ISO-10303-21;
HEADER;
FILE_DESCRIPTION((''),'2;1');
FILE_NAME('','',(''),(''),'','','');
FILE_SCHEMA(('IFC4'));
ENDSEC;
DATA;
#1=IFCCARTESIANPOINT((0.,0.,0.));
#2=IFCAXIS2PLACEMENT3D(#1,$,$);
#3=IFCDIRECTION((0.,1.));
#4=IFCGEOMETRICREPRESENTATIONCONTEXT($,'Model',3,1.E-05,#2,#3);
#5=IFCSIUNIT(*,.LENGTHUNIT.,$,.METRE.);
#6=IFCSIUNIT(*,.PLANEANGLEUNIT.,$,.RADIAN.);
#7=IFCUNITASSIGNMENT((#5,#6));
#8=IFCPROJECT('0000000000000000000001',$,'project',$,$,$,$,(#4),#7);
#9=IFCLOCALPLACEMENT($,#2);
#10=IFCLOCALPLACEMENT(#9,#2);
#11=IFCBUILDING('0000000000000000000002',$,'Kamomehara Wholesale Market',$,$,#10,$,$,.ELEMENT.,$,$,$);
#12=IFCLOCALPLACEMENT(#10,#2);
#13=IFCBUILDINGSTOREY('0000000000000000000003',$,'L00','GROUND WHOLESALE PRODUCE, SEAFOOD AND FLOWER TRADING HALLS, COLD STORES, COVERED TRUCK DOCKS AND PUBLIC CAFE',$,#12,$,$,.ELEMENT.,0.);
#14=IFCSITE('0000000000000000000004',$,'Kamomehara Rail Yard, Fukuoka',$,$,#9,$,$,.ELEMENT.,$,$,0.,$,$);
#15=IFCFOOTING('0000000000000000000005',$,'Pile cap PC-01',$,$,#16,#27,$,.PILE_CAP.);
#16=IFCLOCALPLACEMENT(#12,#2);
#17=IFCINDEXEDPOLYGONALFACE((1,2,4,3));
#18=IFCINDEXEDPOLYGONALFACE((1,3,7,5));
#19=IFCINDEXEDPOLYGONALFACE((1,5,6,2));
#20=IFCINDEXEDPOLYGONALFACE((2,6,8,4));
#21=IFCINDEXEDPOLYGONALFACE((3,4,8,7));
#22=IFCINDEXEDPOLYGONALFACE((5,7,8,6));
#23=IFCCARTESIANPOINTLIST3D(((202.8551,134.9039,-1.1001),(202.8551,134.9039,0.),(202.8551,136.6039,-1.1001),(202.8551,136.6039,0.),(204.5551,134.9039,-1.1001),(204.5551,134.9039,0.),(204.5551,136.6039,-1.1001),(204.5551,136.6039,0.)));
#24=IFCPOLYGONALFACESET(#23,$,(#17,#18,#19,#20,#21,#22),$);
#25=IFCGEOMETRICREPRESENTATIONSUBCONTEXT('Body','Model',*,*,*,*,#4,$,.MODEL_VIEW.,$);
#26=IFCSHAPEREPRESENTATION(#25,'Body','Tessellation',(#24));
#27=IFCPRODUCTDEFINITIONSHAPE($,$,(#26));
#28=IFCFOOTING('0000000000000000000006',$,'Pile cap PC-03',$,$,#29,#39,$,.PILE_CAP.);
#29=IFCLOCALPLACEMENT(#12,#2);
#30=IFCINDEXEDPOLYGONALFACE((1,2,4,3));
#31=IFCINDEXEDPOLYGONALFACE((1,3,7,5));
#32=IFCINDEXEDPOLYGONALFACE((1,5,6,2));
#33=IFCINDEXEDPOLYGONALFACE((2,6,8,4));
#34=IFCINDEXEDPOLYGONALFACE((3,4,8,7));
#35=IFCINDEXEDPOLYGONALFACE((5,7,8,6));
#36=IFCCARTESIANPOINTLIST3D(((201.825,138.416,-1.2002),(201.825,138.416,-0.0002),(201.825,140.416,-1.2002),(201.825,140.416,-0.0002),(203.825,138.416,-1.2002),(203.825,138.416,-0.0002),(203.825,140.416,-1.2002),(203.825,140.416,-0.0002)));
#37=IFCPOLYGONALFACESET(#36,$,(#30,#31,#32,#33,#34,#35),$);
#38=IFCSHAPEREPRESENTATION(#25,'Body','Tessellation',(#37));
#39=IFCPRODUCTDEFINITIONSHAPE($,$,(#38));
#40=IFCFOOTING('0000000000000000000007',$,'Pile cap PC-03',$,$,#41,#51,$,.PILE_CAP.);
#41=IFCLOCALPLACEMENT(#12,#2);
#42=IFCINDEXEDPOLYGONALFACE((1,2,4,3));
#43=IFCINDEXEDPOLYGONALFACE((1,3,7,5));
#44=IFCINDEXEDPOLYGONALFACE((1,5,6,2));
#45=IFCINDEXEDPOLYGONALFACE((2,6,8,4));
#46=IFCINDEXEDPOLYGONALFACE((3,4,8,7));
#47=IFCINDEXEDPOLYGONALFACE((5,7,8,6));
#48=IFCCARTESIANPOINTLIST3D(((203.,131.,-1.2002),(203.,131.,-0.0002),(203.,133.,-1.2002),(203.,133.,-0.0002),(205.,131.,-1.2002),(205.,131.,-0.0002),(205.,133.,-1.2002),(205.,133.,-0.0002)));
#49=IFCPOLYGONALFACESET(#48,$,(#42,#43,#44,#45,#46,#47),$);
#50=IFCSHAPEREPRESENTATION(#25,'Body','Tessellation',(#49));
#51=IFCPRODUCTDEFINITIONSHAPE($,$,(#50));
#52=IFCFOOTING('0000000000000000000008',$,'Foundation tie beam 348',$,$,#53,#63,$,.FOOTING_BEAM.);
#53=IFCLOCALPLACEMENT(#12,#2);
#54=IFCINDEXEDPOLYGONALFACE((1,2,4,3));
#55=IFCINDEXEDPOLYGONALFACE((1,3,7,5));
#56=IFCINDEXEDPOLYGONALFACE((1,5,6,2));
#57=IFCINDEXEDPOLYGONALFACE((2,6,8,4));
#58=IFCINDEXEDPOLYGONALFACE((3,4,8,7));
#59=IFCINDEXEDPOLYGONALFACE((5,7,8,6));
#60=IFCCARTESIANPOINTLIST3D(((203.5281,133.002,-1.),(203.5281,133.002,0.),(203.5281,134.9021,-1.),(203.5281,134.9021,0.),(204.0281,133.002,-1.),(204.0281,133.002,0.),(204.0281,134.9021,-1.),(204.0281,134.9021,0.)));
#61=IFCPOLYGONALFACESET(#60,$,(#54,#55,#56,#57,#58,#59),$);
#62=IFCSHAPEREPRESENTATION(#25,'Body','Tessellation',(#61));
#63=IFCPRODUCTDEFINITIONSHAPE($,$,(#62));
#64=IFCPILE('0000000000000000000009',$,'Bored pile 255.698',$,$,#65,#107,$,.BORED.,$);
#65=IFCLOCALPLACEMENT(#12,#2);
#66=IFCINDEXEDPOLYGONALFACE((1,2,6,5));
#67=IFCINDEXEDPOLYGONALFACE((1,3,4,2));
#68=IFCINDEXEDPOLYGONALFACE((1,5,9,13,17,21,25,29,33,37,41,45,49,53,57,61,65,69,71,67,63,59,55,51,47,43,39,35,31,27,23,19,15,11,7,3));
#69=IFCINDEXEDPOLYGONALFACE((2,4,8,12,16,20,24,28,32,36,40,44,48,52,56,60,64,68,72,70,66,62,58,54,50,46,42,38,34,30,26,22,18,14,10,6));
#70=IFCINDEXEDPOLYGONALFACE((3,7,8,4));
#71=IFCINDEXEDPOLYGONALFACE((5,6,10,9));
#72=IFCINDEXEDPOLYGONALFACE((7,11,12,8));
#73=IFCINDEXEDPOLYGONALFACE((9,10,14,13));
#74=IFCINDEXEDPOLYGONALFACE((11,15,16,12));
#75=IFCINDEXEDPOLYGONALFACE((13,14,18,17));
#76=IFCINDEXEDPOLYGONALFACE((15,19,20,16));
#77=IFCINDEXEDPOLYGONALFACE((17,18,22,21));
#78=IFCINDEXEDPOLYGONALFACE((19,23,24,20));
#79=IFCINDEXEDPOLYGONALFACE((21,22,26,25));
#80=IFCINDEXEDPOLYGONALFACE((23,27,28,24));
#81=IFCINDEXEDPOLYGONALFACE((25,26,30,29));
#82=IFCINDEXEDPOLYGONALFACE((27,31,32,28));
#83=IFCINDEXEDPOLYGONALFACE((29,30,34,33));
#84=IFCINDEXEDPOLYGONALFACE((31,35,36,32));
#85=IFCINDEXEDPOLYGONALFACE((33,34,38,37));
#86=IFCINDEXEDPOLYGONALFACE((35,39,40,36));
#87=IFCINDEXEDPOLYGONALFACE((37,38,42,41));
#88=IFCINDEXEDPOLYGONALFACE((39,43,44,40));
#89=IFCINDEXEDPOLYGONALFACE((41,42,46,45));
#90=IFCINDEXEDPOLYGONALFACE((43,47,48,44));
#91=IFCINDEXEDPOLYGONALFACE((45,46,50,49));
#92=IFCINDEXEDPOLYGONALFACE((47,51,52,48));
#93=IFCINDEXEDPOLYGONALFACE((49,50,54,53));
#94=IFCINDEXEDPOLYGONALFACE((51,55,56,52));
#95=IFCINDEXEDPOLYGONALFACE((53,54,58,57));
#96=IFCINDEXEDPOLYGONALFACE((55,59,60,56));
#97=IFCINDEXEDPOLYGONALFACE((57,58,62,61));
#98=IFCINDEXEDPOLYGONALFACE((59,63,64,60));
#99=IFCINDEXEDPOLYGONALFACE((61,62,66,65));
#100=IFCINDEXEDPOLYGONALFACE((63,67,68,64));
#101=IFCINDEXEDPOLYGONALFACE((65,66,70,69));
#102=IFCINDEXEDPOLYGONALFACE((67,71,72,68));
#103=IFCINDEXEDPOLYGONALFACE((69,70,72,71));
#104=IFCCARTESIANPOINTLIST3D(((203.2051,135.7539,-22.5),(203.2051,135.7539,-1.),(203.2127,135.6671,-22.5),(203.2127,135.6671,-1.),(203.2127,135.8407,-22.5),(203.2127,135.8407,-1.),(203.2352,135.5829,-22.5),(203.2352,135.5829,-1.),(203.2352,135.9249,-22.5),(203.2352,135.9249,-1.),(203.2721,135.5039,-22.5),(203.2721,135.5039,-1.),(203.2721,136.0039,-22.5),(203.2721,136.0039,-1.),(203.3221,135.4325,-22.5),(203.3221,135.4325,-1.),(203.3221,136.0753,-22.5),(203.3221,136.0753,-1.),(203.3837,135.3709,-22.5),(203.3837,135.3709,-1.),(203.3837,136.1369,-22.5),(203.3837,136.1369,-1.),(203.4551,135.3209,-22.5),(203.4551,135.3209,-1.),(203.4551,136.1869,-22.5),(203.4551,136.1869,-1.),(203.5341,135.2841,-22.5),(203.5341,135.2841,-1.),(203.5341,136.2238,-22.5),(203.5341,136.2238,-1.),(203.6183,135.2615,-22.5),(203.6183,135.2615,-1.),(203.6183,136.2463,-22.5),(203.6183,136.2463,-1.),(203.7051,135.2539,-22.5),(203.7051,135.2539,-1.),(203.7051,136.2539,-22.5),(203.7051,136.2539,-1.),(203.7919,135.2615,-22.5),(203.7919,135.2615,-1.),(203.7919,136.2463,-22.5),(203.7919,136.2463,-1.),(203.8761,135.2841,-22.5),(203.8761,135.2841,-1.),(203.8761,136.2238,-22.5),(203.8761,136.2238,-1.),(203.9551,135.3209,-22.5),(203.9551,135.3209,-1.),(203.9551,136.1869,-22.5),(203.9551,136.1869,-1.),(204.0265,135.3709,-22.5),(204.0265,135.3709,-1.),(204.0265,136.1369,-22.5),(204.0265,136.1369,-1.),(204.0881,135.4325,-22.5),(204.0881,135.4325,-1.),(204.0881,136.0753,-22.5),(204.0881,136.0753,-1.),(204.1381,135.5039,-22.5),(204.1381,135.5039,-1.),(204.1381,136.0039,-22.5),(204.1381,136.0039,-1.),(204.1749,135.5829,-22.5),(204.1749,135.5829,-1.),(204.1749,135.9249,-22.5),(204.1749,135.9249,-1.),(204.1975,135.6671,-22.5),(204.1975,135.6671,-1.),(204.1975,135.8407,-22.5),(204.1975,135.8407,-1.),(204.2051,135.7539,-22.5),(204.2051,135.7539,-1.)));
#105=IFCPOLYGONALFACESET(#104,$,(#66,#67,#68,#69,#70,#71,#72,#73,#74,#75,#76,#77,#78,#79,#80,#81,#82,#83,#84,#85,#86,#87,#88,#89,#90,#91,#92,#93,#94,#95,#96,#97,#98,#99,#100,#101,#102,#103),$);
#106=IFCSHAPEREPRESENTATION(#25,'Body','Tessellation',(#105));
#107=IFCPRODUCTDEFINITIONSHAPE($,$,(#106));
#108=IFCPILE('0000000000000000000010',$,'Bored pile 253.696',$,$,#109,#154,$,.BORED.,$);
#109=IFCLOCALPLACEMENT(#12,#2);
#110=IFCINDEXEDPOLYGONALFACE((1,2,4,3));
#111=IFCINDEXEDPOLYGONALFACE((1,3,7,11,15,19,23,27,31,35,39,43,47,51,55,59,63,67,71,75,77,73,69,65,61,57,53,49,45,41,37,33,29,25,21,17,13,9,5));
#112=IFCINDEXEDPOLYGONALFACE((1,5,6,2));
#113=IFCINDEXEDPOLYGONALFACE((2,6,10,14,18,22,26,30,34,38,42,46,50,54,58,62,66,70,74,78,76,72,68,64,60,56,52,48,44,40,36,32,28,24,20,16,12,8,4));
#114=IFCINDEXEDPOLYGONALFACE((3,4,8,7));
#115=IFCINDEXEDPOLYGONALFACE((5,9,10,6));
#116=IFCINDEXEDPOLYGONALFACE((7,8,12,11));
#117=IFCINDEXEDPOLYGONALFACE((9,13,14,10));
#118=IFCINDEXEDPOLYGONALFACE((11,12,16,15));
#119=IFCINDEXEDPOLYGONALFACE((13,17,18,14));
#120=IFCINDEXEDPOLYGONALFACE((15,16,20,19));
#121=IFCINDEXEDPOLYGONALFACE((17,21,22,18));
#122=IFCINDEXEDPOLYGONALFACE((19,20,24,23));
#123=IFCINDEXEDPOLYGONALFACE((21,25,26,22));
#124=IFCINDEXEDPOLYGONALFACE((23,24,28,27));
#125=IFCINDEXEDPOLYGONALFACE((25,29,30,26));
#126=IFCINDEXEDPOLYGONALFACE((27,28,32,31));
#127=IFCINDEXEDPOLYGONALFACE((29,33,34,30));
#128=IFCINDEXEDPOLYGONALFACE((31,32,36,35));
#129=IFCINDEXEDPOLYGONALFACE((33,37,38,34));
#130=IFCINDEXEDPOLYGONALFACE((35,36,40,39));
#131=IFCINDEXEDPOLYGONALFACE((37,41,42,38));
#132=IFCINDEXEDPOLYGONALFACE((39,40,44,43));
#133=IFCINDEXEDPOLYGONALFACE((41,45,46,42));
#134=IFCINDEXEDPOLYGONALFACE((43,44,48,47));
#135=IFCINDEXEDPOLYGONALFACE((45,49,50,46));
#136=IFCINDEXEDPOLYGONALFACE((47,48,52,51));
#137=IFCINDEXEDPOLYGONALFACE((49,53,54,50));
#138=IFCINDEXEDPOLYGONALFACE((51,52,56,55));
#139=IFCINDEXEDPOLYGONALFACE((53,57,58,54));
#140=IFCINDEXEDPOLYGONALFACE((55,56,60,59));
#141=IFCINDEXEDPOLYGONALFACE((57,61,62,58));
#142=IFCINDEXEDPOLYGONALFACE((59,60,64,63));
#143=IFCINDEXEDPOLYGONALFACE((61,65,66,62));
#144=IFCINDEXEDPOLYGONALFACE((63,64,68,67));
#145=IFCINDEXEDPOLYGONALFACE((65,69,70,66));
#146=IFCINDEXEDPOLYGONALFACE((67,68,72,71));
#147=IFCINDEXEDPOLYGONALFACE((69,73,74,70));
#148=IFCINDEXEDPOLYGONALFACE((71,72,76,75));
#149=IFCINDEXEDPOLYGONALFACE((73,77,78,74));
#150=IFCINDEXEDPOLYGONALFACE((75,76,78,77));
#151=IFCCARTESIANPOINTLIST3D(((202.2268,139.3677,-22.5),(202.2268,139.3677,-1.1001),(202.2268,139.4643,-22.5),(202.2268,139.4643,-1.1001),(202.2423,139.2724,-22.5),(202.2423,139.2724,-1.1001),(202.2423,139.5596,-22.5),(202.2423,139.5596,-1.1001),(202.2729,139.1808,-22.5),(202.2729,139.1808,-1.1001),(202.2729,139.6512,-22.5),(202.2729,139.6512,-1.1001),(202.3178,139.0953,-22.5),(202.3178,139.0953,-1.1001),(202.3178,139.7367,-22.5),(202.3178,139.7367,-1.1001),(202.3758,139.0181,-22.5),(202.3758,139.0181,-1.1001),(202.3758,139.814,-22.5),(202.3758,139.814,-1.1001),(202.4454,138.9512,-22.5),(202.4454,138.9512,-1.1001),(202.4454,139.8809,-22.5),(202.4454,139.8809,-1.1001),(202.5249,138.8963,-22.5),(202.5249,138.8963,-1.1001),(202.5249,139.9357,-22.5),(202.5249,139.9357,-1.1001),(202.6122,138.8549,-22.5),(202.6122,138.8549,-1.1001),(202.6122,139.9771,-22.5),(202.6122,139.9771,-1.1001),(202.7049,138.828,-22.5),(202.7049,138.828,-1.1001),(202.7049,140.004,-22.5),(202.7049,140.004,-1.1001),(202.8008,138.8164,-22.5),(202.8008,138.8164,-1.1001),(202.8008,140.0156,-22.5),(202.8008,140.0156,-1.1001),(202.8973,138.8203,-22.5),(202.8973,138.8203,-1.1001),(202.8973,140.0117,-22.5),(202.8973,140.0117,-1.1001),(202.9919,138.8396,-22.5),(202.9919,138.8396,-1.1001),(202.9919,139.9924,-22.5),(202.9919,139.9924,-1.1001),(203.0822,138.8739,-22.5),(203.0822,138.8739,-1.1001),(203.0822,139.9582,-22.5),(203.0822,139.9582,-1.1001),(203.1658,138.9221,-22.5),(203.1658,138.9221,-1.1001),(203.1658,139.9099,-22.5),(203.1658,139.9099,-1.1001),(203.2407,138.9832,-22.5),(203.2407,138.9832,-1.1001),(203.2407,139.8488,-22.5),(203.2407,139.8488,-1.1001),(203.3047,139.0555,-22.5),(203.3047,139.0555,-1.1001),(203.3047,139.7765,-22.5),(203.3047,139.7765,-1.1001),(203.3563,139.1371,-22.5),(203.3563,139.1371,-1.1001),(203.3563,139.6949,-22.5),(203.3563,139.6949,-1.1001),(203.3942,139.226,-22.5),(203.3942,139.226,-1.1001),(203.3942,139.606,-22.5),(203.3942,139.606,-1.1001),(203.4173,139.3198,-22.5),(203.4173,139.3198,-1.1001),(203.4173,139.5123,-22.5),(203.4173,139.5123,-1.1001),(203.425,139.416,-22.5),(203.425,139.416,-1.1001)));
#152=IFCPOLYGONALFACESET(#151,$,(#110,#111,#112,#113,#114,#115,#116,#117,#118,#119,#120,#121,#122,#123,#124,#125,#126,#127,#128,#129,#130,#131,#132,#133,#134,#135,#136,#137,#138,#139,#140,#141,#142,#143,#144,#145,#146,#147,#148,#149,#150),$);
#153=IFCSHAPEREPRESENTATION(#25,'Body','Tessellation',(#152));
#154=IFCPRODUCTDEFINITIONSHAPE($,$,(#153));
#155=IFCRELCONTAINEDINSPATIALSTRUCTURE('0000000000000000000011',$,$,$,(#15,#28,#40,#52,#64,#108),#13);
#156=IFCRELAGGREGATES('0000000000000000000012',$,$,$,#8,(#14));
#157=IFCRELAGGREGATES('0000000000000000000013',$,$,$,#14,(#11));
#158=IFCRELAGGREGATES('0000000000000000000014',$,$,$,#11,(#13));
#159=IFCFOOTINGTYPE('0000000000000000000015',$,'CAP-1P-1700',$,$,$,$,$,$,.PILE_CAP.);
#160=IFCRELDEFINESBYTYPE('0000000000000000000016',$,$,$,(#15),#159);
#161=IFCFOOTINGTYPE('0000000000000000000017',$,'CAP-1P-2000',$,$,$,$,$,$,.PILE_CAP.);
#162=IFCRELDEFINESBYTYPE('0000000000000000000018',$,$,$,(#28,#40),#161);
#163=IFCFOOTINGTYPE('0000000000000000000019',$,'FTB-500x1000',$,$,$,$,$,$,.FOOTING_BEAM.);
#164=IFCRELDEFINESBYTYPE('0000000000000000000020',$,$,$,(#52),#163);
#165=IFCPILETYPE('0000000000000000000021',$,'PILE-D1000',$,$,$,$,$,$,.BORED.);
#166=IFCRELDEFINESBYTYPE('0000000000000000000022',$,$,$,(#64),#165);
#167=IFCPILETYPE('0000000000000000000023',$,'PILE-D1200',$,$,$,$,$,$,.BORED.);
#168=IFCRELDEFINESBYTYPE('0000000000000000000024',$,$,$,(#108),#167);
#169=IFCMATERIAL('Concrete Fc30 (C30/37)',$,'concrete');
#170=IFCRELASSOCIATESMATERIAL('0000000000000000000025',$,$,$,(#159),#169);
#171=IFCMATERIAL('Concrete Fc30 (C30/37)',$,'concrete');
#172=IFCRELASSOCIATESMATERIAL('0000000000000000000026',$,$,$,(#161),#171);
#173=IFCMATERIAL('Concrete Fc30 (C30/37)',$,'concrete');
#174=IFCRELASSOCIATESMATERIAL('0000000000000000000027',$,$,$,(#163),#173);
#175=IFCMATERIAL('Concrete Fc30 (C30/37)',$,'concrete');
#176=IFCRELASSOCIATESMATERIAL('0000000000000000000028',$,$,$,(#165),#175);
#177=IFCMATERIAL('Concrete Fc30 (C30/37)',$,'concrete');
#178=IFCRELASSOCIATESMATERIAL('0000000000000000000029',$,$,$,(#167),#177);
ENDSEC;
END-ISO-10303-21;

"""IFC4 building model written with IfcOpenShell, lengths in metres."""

from ifc_helpers import new_model, si_unit, direction, frame, origin, origin_2d, place, context, subcontext, project, spatial, rectangle, circle, extrude, material, material_profile, profile_set, type_object, element, save


model = new_model("IFC4")

# Units and contexts
model_context = context("Model", 3, precision=1e-05, world=origin(), true_north=direction((0.0, 1.0)))
body_context = subcontext(model_context, "Body", "Model", "MODEL_VIEW")
ifc_project = project(units=[si_unit("LENGTHUNIT", "METRE"), si_unit("PLANEANGLEUNIT", "RADIAN")], contexts=[model_context])

# Site, building, storey
site_placement = place(None, origin())
site = spatial("IfcSite", under=ifc_project, at=site_placement, Name="Kamomehara Rail Yard, Fukuoka", CompositionType="ELEMENT", RefElevation=0.0)
building_placement = place(site_placement, origin())
building = spatial("IfcBuilding", under=site, at=building_placement, Name="Kamomehara Wholesale Market", CompositionType="ELEMENT")
storey_placement = place(building_placement, origin())
storey = spatial("IfcBuildingStorey", under=building, at=storey_placement, Name="L00", Description="GROUND WHOLESALE PRODUCE, SEAFOOD AND FLOWER TRADING HALLS, COLD STORES, COVERED TRUCK DOCKS AND PUBLIC CAFE", CompositionType="ELEMENT", Elevation=0.0)

# Footings
ifc_material_1 = material(Name="Concrete Fc30 (C30/37)", Category="concrete")
footing_type_1 = type_object("IfcFootingType", Name="CAP-1P-1700", PredefinedType="PILE_CAP", material=ifc_material_1)
footing_1_placement = place(storey_placement, frame((203.7051, 135.7539, -1.1001), z_axis=(0.0, 0.0, 1.0), x_axis=(1.0, 0.0, 0.0)))
element("IfcFooting", 1, at=footing_1_placement, inside=storey, type_object=footing_type_1, Name="Pile cap PC-01", PredefinedType="PILE_CAP", context=body_context, shape_type="SweptSolid", body=[
    extrude(rectangle(XDim=1.7, YDim=1.7, at=origin_2d()), origin(), (0.0, 0.0, 1.0), 1.1001),
])
ifc_material_2 = material(Name="Concrete Fc30 (C30/37)", Category="concrete")
footing_type_2 = type_object("IfcFootingType", Name="CAP-1P-2000", PredefinedType="PILE_CAP", material=ifc_material_2)
for number, where, z_axis, x_axis, name in (
    (2, (202.825, 139.416, -1.2002), (0.0, 0.0, 1.0), (1.0, 0.0, 0.0), "Pile cap PC-03"),
    (3, (204.0, 132.0, -1.2002), (0.0, 0.0, 1.0), (1.0, 0.0, 0.0), "Pile cap PC-03"),
):
    element("IfcFooting", number, at=place(storey_placement, frame(where, z_axis=z_axis, x_axis=x_axis)), inside=storey, type_object=footing_type_2, Name=name, PredefinedType="PILE_CAP", context=body_context, shape_type="SweptSolid", body=[
        extrude(rectangle(XDim=2.0, YDim=2.0, at=origin_2d()), origin(), (0.0, 0.0, 1.0), 1.2),
    ])
ifc_material_3 = material(Name="Concrete Fc30 (C30/37)", Category="concrete")
ifc_material_profile_1 = material_profile(ifc_material_3, rectangle(XDim=0.5, YDim=1.0, at=origin_2d()), Name="RC-FTB-500x1000")
ifc_profile_set_1 = profile_set([ifc_material_profile_1], Name="Concrete Fc30 (C30/37)")
footing_type_3 = type_object("IfcFootingType", Name="FTB-500x1000", PredefinedType="FOOTING_BEAM", material=ifc_profile_set_1)
footing_2_placement = place(storey_placement, frame((203.7781, 133.002, -0.5), z_axis=(0.0, 1.0, 0.0), x_axis=(-1.0, 0.0, 0.0)))
element("IfcFooting", 4, at=footing_2_placement, inside=storey, type_object=footing_type_3, Name="Foundation tie beam 348", PredefinedType="FOOTING_BEAM", context=body_context, shape_type="SweptSolid", body=[
    extrude(rectangle(XDim=0.5, YDim=1.0, at=origin_2d()), origin(), (0.0, 0.0, 1.0), 1.9001),
])

# Piles
ifc_material_4 = material(Name="Concrete Fc30 (C30/37)", Category="concrete")
ifc_material_profile_2 = material_profile(ifc_material_4, circle(Radius=0.5, at=origin_2d()), Name="RC-PILE-D1000")
ifc_profile_set_2 = profile_set([ifc_material_profile_2], Name="Concrete Fc30 (C30/37)")
pile_type_1 = type_object("IfcPileType", Name="PILE-D1000", PredefinedType="BORED", material=ifc_profile_set_2)
pile_placement = place(storey_placement, frame((203.7051, 135.7539, -1.0), z_axis=(0.0, 0.0, -1.0), x_axis=(1.0, 0.0, 0.0)))
element("IfcPile", 5, at=pile_placement, inside=storey, type_object=pile_type_1, Name="Bored pile 255.698", PredefinedType="BORED", context=body_context, shape_type="SweptSolid", body=[
    extrude(circle(Radius=0.5, at=origin_2d()), origin(), (0.0, 0.0, 1.0), 21.5),
])
ifc_material_5 = material(Name="Concrete Fc30 (C30/37)", Category="concrete")
ifc_material_profile_3 = material_profile(ifc_material_5, circle(Radius=0.6001, at=origin_2d()), Name="RC-PILE-D1200")
ifc_profile_set_3 = profile_set([ifc_material_profile_3], Name="Concrete Fc30 (C30/37)")
pile_type_2 = type_object("IfcPileType", Name="PILE-D1200", PredefinedType="BORED", material=ifc_profile_set_3)
for number, where, z_axis, x_axis, name in (
    (6, (202.825, 139.416, -1.1001), (0.0, 0.0, -1.0), (1.0, 0.0, 0.0), "Bored pile 253.696"),
):
    element("IfcPile", number, at=place(storey_placement, frame(where, z_axis=z_axis, x_axis=x_axis)), inside=storey, type_object=pile_type_2, Name=name, PredefinedType="BORED", context=body_context, shape_type="SweptSolid", body=[
        extrude(circle(Radius=0.6001, at=origin_2d()), origin(), (0.0, 0.0, 1.0), 21.3999),
    ])

save(model, "model.ifc")
